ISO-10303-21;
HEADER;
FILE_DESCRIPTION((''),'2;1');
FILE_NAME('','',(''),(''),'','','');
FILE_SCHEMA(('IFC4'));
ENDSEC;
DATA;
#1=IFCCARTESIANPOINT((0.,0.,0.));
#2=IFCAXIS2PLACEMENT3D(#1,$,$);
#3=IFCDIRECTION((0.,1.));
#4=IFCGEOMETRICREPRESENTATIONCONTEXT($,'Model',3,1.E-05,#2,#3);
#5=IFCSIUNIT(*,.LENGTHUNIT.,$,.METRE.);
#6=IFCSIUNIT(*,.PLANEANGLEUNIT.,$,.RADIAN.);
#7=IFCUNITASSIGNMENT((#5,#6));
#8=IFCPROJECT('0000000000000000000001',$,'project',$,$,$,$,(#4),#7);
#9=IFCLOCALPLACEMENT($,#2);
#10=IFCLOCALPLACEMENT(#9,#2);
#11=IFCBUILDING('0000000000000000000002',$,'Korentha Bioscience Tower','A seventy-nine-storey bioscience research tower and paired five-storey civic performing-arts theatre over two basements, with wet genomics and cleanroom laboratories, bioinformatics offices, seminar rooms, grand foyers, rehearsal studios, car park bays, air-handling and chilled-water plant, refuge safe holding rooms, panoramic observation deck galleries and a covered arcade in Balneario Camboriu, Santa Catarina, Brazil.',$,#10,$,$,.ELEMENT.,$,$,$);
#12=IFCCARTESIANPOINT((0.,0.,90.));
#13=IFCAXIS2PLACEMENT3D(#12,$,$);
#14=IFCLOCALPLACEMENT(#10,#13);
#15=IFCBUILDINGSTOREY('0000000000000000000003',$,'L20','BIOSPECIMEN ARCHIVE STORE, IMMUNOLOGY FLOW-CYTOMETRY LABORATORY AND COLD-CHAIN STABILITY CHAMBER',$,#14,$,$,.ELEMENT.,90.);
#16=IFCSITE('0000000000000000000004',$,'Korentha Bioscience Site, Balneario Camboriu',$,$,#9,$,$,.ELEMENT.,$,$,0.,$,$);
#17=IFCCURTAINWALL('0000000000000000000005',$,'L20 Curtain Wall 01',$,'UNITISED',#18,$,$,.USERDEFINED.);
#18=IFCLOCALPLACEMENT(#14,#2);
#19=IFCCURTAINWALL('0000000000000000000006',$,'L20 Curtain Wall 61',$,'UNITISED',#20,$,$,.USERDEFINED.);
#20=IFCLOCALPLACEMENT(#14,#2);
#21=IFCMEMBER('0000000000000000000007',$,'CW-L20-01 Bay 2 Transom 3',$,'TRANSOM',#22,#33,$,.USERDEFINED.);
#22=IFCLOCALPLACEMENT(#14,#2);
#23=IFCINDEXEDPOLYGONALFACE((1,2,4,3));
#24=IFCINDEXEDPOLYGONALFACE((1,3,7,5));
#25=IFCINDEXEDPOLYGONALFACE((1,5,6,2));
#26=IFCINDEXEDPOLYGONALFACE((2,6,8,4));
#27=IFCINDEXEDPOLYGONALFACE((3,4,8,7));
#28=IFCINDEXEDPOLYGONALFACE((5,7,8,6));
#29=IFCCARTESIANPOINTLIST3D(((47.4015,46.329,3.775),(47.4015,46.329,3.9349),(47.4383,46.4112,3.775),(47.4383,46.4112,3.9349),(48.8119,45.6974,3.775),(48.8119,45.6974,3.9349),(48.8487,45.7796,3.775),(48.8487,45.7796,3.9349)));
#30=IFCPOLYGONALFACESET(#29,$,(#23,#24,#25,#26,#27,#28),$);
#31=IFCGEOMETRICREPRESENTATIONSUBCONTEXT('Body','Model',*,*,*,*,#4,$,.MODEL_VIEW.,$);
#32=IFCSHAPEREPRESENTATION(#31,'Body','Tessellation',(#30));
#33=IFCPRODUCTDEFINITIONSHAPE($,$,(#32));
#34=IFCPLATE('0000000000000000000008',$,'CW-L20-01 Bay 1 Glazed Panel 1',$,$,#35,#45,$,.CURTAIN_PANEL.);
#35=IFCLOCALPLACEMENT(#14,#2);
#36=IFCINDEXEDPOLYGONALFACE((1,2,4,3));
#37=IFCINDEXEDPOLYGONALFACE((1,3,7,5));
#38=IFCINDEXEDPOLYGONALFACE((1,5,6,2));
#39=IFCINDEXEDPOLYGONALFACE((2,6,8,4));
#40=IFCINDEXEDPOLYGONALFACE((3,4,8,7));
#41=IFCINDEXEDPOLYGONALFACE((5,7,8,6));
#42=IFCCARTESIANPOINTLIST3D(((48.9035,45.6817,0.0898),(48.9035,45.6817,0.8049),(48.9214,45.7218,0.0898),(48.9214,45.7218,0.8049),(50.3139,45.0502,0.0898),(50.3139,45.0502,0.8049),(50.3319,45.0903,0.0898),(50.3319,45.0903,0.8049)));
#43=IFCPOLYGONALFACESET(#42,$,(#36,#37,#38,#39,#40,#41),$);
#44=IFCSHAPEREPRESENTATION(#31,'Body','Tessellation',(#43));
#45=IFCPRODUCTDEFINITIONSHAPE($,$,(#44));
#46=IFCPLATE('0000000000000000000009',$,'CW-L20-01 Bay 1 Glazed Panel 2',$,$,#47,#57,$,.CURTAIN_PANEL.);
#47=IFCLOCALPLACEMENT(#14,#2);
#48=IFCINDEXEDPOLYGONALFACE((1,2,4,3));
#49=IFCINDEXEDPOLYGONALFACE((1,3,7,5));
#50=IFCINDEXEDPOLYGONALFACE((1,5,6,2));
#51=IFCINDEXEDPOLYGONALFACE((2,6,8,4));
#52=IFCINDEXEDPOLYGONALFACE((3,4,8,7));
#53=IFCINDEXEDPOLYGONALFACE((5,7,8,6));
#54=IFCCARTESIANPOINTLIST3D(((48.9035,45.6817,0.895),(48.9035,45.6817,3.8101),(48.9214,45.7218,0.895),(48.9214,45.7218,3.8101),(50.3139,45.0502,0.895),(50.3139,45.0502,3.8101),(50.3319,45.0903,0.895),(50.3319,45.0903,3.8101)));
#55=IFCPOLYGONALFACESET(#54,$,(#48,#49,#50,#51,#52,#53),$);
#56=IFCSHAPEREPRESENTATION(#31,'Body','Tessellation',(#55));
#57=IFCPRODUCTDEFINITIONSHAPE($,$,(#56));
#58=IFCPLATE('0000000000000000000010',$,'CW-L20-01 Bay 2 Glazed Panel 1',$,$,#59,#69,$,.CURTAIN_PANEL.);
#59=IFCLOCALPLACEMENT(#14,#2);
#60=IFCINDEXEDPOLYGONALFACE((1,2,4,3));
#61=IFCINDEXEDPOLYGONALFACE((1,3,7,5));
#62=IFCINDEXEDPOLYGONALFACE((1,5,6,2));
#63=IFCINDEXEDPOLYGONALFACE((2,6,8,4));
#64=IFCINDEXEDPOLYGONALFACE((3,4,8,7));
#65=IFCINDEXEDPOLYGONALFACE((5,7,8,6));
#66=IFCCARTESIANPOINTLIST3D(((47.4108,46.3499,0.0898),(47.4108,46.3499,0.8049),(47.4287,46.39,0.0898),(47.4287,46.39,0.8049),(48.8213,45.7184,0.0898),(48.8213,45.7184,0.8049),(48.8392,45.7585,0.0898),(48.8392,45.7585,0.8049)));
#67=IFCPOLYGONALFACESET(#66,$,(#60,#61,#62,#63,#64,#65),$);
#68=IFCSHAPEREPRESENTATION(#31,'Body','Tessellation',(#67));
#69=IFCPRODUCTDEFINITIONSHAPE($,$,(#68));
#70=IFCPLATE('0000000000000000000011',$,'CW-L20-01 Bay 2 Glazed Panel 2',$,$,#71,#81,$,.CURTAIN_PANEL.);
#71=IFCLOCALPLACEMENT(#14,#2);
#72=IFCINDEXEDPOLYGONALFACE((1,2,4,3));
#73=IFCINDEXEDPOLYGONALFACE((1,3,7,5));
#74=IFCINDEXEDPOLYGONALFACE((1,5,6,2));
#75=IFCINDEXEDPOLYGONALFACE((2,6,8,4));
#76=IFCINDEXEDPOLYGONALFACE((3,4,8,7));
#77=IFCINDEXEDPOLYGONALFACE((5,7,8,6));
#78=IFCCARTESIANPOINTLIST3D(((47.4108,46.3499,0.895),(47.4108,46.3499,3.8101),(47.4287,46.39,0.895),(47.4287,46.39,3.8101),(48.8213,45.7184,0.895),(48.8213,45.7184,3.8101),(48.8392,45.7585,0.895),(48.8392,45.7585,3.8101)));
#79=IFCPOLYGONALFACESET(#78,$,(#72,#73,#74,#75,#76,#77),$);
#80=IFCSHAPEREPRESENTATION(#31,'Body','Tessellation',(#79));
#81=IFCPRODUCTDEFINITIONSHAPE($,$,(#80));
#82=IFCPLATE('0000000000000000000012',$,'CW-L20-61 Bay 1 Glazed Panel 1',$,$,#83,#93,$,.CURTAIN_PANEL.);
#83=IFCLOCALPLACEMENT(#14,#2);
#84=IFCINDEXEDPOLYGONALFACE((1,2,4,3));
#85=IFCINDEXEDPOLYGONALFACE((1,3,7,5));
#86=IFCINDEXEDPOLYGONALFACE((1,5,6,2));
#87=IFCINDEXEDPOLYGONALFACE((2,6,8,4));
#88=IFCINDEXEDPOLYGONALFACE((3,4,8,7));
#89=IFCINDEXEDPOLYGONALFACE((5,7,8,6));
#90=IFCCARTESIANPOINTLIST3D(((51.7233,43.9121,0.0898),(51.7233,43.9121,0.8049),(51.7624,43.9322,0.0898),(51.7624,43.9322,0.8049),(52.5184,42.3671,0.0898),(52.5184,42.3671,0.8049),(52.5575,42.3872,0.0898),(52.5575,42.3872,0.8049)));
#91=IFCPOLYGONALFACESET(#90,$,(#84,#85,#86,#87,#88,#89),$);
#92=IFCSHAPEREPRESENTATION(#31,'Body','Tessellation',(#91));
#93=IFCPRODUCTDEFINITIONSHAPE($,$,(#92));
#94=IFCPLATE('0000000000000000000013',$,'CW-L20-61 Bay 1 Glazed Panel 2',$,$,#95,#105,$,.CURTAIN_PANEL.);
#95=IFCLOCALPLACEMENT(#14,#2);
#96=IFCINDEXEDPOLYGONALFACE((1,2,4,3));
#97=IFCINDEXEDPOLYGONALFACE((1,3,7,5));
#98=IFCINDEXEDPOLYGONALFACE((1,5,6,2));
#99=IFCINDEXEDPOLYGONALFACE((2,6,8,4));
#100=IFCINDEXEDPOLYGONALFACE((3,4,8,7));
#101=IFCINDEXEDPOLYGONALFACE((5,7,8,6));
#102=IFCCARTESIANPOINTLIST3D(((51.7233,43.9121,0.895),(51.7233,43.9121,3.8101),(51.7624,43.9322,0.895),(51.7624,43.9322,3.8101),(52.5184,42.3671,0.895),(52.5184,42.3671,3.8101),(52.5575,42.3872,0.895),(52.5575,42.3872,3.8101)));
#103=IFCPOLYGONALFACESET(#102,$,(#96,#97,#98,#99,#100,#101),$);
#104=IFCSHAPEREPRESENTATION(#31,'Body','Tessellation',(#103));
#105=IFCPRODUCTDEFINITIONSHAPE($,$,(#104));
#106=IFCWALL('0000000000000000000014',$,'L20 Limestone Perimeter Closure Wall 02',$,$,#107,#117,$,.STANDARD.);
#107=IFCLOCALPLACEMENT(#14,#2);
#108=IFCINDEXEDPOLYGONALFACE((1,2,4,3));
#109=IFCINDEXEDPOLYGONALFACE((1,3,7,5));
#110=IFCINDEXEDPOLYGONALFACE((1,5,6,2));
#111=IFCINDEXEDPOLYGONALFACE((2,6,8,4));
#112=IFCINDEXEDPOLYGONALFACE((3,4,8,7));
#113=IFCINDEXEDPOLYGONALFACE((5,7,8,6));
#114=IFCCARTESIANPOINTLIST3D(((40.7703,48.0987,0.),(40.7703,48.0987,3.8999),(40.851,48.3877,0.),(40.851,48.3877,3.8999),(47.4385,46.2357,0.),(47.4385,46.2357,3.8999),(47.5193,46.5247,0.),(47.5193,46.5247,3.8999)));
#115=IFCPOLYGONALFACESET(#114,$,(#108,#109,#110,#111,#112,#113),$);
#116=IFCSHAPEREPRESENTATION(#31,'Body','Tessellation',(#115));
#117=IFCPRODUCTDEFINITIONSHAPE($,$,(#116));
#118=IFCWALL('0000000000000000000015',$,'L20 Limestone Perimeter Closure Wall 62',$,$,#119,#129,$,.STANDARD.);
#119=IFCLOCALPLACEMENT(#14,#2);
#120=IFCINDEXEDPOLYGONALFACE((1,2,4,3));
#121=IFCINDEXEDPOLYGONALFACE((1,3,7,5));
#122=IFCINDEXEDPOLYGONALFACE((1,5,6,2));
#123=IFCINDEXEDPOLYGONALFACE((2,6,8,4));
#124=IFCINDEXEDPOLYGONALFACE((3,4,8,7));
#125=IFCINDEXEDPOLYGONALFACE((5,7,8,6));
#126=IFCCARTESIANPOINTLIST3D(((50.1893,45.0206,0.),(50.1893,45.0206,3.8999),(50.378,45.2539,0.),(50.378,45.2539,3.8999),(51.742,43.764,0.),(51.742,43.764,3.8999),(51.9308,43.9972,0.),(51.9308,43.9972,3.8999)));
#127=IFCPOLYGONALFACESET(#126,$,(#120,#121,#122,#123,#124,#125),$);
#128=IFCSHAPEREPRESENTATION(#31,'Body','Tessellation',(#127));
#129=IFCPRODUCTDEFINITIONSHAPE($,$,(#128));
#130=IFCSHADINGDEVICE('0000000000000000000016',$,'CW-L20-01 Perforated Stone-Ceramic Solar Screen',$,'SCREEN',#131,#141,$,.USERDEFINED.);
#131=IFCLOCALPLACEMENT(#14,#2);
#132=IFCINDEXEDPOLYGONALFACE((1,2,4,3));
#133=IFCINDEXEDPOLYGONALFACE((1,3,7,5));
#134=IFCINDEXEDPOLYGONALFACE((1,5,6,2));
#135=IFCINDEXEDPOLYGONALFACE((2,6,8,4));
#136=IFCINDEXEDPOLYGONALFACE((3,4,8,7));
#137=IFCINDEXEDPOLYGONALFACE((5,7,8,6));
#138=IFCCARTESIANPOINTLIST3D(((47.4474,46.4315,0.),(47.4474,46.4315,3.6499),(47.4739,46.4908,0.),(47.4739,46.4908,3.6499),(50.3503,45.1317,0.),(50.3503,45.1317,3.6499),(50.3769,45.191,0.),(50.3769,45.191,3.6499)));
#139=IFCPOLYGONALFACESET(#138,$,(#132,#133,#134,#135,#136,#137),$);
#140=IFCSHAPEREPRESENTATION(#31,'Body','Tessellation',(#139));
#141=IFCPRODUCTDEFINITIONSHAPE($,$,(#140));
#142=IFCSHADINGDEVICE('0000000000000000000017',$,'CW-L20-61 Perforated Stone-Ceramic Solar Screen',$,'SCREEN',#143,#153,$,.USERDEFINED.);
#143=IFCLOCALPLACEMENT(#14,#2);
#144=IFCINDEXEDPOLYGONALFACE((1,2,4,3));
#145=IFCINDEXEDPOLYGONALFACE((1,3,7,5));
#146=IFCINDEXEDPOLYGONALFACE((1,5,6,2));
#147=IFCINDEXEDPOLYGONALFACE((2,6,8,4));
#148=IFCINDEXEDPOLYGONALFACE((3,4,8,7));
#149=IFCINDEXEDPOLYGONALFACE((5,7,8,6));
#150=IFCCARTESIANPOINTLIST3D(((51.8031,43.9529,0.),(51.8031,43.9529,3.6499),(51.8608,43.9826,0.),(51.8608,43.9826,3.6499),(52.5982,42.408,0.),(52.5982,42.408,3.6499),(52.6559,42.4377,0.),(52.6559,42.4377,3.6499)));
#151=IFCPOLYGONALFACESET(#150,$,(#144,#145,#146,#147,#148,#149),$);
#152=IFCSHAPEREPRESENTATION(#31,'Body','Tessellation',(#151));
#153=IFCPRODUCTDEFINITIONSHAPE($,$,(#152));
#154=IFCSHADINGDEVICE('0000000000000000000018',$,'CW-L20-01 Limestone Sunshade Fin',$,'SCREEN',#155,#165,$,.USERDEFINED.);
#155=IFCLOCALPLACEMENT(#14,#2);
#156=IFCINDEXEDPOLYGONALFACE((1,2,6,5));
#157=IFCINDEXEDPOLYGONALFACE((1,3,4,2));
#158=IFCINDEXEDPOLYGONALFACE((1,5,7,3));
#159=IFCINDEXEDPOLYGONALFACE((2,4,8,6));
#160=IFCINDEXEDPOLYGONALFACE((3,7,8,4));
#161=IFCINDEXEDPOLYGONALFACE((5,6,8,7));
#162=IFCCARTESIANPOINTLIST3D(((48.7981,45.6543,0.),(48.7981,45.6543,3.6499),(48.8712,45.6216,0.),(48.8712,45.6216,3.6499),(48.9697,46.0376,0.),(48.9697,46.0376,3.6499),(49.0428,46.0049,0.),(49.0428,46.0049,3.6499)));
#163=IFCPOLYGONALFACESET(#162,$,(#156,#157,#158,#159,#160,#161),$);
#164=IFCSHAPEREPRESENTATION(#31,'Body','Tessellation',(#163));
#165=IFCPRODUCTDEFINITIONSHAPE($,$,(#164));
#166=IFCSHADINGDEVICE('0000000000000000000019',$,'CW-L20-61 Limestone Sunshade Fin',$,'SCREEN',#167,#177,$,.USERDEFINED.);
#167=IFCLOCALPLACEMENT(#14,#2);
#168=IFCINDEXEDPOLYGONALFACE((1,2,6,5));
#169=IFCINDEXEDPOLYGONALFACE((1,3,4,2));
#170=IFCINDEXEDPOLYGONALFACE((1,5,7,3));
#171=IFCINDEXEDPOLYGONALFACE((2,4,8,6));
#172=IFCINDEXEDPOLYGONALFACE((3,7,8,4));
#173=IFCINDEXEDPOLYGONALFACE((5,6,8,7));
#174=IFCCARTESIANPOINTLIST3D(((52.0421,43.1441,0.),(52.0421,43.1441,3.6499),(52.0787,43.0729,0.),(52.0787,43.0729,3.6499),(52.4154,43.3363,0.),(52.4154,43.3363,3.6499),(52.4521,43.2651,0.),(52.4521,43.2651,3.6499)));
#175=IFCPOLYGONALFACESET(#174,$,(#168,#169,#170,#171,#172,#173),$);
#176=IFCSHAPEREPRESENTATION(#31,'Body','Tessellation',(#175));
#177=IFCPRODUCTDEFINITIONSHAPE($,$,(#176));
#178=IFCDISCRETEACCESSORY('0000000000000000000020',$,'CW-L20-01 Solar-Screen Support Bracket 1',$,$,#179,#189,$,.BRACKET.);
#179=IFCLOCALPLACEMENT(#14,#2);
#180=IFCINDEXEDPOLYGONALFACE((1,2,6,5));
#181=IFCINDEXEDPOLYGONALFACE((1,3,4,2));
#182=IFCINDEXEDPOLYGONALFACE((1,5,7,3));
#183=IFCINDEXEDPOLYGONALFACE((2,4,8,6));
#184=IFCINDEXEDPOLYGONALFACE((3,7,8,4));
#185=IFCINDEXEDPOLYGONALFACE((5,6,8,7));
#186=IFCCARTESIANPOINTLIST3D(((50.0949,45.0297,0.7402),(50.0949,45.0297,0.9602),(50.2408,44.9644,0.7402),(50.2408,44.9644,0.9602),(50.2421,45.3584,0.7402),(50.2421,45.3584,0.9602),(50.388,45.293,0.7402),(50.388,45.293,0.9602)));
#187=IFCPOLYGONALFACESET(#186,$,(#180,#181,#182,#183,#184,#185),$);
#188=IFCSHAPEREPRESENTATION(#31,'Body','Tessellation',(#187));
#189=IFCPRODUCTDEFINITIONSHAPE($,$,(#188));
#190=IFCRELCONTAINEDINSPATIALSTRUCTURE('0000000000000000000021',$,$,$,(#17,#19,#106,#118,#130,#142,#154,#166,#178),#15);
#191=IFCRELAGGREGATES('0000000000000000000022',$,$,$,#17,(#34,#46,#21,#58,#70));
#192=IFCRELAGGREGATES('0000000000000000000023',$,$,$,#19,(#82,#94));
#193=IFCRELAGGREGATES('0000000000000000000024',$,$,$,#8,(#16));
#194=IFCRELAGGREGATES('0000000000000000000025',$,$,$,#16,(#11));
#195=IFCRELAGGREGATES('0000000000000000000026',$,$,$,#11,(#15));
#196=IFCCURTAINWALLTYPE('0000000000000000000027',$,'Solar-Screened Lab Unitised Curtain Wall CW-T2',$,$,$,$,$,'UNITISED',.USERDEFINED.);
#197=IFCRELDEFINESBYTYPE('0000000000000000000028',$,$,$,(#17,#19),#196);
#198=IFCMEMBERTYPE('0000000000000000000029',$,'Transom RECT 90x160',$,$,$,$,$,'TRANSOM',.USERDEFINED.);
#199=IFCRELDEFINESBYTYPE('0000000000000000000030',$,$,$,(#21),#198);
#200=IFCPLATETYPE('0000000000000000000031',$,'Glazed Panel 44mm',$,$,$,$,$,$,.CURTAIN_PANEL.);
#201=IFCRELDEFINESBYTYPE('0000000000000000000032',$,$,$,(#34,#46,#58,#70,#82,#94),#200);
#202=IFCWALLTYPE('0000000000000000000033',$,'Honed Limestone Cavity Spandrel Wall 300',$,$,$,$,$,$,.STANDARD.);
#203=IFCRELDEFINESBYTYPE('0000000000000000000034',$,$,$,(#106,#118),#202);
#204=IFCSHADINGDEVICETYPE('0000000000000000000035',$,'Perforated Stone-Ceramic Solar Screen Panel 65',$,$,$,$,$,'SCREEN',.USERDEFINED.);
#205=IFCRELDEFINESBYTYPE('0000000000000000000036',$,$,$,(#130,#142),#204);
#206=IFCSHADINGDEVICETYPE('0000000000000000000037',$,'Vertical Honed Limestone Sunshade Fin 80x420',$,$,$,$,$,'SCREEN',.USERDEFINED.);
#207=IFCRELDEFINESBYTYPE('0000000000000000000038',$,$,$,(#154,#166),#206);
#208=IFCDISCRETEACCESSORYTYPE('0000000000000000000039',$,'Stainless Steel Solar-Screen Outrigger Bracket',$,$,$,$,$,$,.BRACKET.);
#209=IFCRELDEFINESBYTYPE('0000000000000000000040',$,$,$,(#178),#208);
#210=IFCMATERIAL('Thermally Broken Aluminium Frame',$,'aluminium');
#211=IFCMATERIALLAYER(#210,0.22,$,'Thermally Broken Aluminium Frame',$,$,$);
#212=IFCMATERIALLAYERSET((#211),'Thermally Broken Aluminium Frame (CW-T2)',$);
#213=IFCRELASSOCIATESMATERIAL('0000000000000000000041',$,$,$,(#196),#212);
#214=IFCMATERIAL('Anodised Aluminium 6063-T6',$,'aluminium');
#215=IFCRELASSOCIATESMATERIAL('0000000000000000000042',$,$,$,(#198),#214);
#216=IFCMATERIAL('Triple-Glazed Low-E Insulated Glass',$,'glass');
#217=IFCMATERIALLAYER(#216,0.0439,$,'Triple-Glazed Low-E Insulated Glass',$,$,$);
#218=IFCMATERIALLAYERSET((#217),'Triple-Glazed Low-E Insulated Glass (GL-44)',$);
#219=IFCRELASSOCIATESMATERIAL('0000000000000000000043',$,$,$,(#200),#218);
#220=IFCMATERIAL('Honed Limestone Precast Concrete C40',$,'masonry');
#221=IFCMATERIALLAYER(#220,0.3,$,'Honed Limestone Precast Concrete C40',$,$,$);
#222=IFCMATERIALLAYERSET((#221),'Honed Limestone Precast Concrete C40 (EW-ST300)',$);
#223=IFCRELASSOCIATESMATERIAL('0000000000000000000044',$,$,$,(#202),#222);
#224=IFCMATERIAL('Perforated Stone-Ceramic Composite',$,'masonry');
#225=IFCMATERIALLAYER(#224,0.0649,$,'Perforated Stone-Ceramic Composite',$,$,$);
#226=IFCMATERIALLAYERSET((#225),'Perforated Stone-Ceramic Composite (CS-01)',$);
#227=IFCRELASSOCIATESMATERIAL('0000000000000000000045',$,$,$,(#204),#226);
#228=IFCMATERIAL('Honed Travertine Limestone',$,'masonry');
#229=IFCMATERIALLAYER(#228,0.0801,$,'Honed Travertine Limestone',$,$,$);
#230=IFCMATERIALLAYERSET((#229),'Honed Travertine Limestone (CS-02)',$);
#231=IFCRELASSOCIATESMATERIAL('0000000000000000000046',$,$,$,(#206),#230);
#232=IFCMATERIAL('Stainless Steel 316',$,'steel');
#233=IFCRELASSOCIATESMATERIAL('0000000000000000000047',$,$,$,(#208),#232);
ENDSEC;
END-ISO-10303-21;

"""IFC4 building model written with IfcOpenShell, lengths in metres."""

from ifc_helpers import new_model, si_unit, direction, frame, frame_2d, origin, origin_2d, place, context, subcontext, project, spatial, rectangle, extrude, material, layer, layer_set, material_profile, profile_set, type_object, element, aggregate, save


model = new_model("IFC4")

# Units and contexts
model_context = context("Model", 3, precision=1e-05, world=origin(), true_north=direction((0.0, 1.0)))
body_context = subcontext(model_context, "Body", "Model", "MODEL_VIEW")
ifc_project = project(units=[si_unit("LENGTHUNIT", "METRE"), si_unit("PLANEANGLEUNIT", "RADIAN")], contexts=[model_context])

# Site, building, storey
site_placement = place(None, origin())
site = spatial("IfcSite", under=ifc_project, at=site_placement, Name="Korentha Bioscience Site, Balneario Camboriu", CompositionType="ELEMENT", RefElevation=0.0)
building_placement = place(site_placement, origin())
building = spatial("IfcBuilding", under=site, at=building_placement, Name="Korentha Bioscience Tower", Description="A seventy-nine-storey bioscience research tower and paired five-storey civic performing-arts theatre over two basements, with wet genomics and cleanroom laboratories, bioinformatics offices, seminar rooms, grand foyers, rehearsal studios, car park bays, air-handling and chilled-water plant, refuge safe holding rooms, panoramic observation deck galleries and a covered arcade in Balneario Camboriu, Santa Catarina, Brazil.", CompositionType="ELEMENT")
storey_placement = place(building_placement, frame((0.0, 0.0, 90.0)))
storey = spatial("IfcBuildingStorey", under=building, at=storey_placement, Name="L20", Description="BIOSPECIMEN ARCHIVE STORE, IMMUNOLOGY FLOW-CYTOMETRY LABORATORY AND COLD-CHAIN STABILITY CHAMBER", CompositionType="ELEMENT", Elevation=90.0)

# Curtain wall
ifc_material_1 = material(Name="Thermally Broken Aluminium Frame", Category="aluminium")
ifc_layer_1 = layer(ifc_material_1, 0.22, Name="Thermally Broken Aluminium Frame")
ifc_layer_set_1 = layer_set([ifc_layer_1], Name="Thermally Broken Aluminium Frame (CW-T2)")
curtain_wall_type = type_object("IfcCurtainWallType", Name="Solar-Screened Lab Unitised Curtain Wall CW-T2", ElementType="UNITISED", PredefinedType="USERDEFINED", material=ifc_layer_set_1)
curtain_wall_1_placement = place(storey_placement, origin())
curtain_wall_1 = element("IfcCurtainWall", 1, at=curtain_wall_1_placement, inside=storey, type_object=curtain_wall_type, Name="L20 Curtain Wall 01", ObjectType="UNITISED", PredefinedType="USERDEFINED")
ifc_material_2 = material(Name="Anodised Aluminium 6063-T6", Category="aluminium")

# Curtain wall
curtain_wall_2_placement = place(storey_placement, origin())
curtain_wall_2 = element("IfcCurtainWall", 2, at=curtain_wall_2_placement, inside=storey, type_object=curtain_wall_type, Name="L20 Curtain Wall 61", ObjectType="UNITISED", PredefinedType="USERDEFINED")

# Member
ifc_material_profile_1 = material_profile(ifc_material_2, rectangle(XDim=0.0901, YDim=0.1599, at=origin_2d()), Name="Anodised Aluminium 6063-T6")
ifc_profile_set_1 = profile_set([ifc_material_profile_1], Name="Anodised Aluminium 6063-T6 (CW-TRN)")
member_type_1 = type_object("IfcMemberType", Name="Transom RECT 90x160", ElementType="TRANSOM", PredefinedType="USERDEFINED", material=ifc_profile_set_1)
member_1_placement = place(storey_placement, frame((48.8303, 45.7385, 3.855), z_axis=(-0.912668, 0.408702, 0.0), x_axis=(-0.408702, -0.912668, 0.0)))
member_1 = element("IfcMember", 3, at=member_1_placement, type_object=member_type_1, Name="CW-L20-01 Bay 2 Transom 3", ObjectType="TRANSOM", PredefinedType="USERDEFINED", context=body_context, shape_type="SweptSolid", body=[
    extrude(rectangle(XDim=0.0901, YDim=0.1599, at=origin_2d()), origin(), (0.0, 0.0, 1.0), 1.5454),
])

# Plates
ifc_material_3 = material(Name="Triple-Glazed Low-E Insulated Glass", Category="glass")
ifc_layer_2 = layer(ifc_material_3, 0.0439, Name="Triple-Glazed Low-E Insulated Glass")
ifc_layer_set_2 = layer_set([ifc_layer_2], Name="Triple-Glazed Low-E Insulated Glass (GL-44)")
plate_type = type_object("IfcPlateType", Name="Glazed Panel 44mm", PredefinedType="CURTAIN_PANEL", material=ifc_layer_set_2)
plate_1_placement = place(storey_placement, frame((49.6177, 45.386, 0.0898), z_axis=(0.0, 0.0, 1.0), x_axis=(-0.912687, 0.40866, 0.0)))
plate_1 = element("IfcPlate", 4, at=plate_1_placement, type_object=plate_type, Name="CW-L20-01 Bay 1 Glazed Panel 1", PredefinedType="CURTAIN_PANEL", context=body_context, shape_type="SweptSolid", body=[
    extrude(rectangle(XDim=1.5454, YDim=0.0439, at=origin_2d()), origin(), (0.0, 0.0, 1.0), 0.7151),
])
plate_2_placement = place(storey_placement, frame((49.6177, 45.386, 0.895), z_axis=(0.0, 0.0, 1.0), x_axis=(-0.912687, 0.40866, 0.0)))
plate_2 = element("IfcPlate", 5, at=plate_2_placement, type_object=plate_type, Name="CW-L20-01 Bay 1 Glazed Panel 2", PredefinedType="CURTAIN_PANEL", context=body_context, shape_type="SweptSolid", body=[
    extrude(rectangle(XDim=1.5454, YDim=0.0439, at=origin_2d()), origin(), (0.0, 0.0, 1.0), 2.915),
])
plate_3_placement = place(storey_placement, frame((48.125, 46.0542, 0.0898), z_axis=(0.0, 0.0, 1.0), x_axis=(-0.912687, 0.40866, 0.0)))
plate_3 = element("IfcPlate", 6, at=plate_3_placement, type_object=plate_type, Name="CW-L20-01 Bay 2 Glazed Panel 1", PredefinedType="CURTAIN_PANEL", context=body_context, shape_type="SweptSolid", body=[
    extrude(rectangle(XDim=1.5454, YDim=0.0439, at=origin_2d()), origin(), (0.0, 0.0, 1.0), 0.7151),
])
plate_4_placement = place(storey_placement, frame((48.125, 46.0542, 0.895), z_axis=(0.0, 0.0, 1.0), x_axis=(-0.912687, 0.40866, 0.0)))
plate_4 = element("IfcPlate", 7, at=plate_4_placement, type_object=plate_type, Name="CW-L20-01 Bay 2 Glazed Panel 2", PredefinedType="CURTAIN_PANEL", context=body_context, shape_type="SweptSolid", body=[
    extrude(rectangle(XDim=1.5454, YDim=0.0439, at=origin_2d()), origin(), (0.0, 0.0, 1.0), 2.915),
])
aggregate(curtain_wall_1, [plate_1, plate_2, member_1, plate_3, plate_4])
plate_5_placement = place(storey_placement, frame((52.1404, 43.1497, 0.0898), z_axis=(0.0, 0.0, 1.0), x_axis=(-0.457613, 0.889151, 0.0)))
plate_5 = element("IfcPlate", 8, at=plate_5_placement, type_object=plate_type, Name="CW-L20-61 Bay 1 Glazed Panel 1", PredefinedType="CURTAIN_PANEL", context=body_context, shape_type="SweptSolid", body=[
    extrude(rectangle(XDim=1.7375, YDim=0.0439, at=origin_2d()), origin(), (0.0, 0.0, 1.0), 0.7151),
])
plate_6_placement = place(storey_placement, frame((52.1404, 43.1497, 0.895), z_axis=(0.0, 0.0, 1.0), x_axis=(-0.457613, 0.889151, 0.0)))
plate_6 = element("IfcPlate", 9, at=plate_6_placement, type_object=plate_type, Name="CW-L20-61 Bay 1 Glazed Panel 2", PredefinedType="CURTAIN_PANEL", context=body_context, shape_type="SweptSolid", body=[
    extrude(rectangle(XDim=1.7375, YDim=0.0439, at=origin_2d()), origin(), (0.0, 0.0, 1.0), 2.915),
])
aggregate(curtain_wall_2, [plate_5, plate_6])

# Walls
ifc_material_4 = material(Name="Honed Limestone Precast Concrete C40", Category="masonry")
ifc_layer_3 = layer(ifc_material_4, 0.3, Name="Honed Limestone Precast Concrete C40")
ifc_layer_set_3 = layer_set([ifc_layer_3], Name="Honed Limestone Precast Concrete C40 (EW-ST300)")
wall_type_1 = type_object("IfcWallType", Name="Honed Limestone Cavity Spandrel Wall 300", PredefinedType="STANDARD", material=ifc_layer_set_3)
wall_1_placement = place(storey_placement, frame((47.479, 46.3801, 0.0), z_axis=(0.0, 0.0, 1.0), x_axis=(-0.963116, 0.269086, 0.0)))
element("IfcWall", 10, at=wall_1_placement, inside=storey, type_object=wall_type_1, Name="L20 Limestone Perimeter Closure Wall 02", PredefinedType="STANDARD", context=body_context, shape_type="SweptSolid", body=[
    extrude(rectangle(XDim=6.9236, YDim=0.3, at=frame_2d((3.4619, 0.0))), origin(), (0.0, 0.0, 1.0), 3.8999),
])
wall_2_placement = place(storey_placement, frame((51.8364, 43.8806, 0.0), z_axis=(0.0, 0.0, 1.0), x_axis=(-0.777339, 0.629082, 0.0)))
element("IfcWall", 11, at=wall_2_placement, inside=storey, type_object=wall_type_1, Name="L20 Limestone Perimeter Closure Wall 62", PredefinedType="STANDARD", context=body_context, shape_type="SweptSolid", body=[
    extrude(rectangle(XDim=1.9976, YDim=0.3, at=frame_2d((0.9988, 0.0))), origin(), (0.0, 0.0, 1.0), 3.8999),
])

# Shading devices
ifc_material_5 = material(Name="Perforated Stone-Ceramic Composite", Category="masonry")
ifc_layer_4 = layer(ifc_material_5, 0.0649, Name="Perforated Stone-Ceramic Composite")
ifc_layer_set_4 = layer_set([ifc_layer_4], Name="Perforated Stone-Ceramic Composite (CS-01)")
shading_device_type_1 = type_object("IfcShadingDeviceType", Name="Perforated Stone-Ceramic Solar Screen Panel 65", ElementType="SCREEN", PredefinedType="USERDEFINED", material=ifc_layer_set_4)
shading_device_1_placement = place(storey_placement, frame((48.9121, 45.8113, 0.0), z_axis=(0.0, 0.0, 1.0), x_axis=(-0.912687, 0.40866, 0.0)))
element("IfcShadingDevice", 12, at=shading_device_1_placement, inside=storey, type_object=shading_device_type_1, Name="CW-L20-01 Perforated Stone-Ceramic Solar Screen", ObjectType="SCREEN", PredefinedType="USERDEFINED", context=body_context, shape_type="SweptSolid", body=[
    extrude(rectangle(XDim=3.1807, YDim=0.0649, at=origin_2d()), origin(), (0.0, 0.0, 1.0), 3.6499),
])
shading_device_2_placement = place(storey_placement, frame((52.2295, 43.1953, 0.0), z_axis=(0.0, 0.0, 1.0), x_axis=(-0.457613, 0.889151, 0.0)))
element("IfcShadingDevice", 13, at=shading_device_2_placement, inside=storey, type_object=shading_device_type_1, Name="CW-L20-61 Perforated Stone-Ceramic Solar Screen", ObjectType="SCREEN", PredefinedType="USERDEFINED", context=body_context, shape_type="SweptSolid", body=[
    extrude(rectangle(XDim=1.7375, YDim=0.0649, at=origin_2d()), origin(), (0.0, 0.0, 1.0), 3.6499),
])
ifc_material_6 = material(Name="Honed Travertine Limestone", Category="masonry")
ifc_layer_5 = layer(ifc_material_6, 0.0801, Name="Honed Travertine Limestone")
ifc_layer_set_5 = layer_set([ifc_layer_5], Name="Honed Travertine Limestone (CS-02)")
shading_device_type_2 = type_object("IfcShadingDeviceType", Name="Vertical Honed Limestone Sunshade Fin 80x420", ElementType="SCREEN", PredefinedType="USERDEFINED", material=ifc_layer_set_5)
for number, where, z_axis, x_axis, name in (
    (14, (48.9204, 45.8296, 0.0), (0.0, 0.0, 1.0), (-0.912687, 0.40866, 0.0), "CW-L20-01 Limestone Sunshade Fin"),
    (15, (52.2471, 43.2046, 0.0), (0.0, 0.0, 1.0), (-0.457613, 0.889151, 0.0), "CW-L20-61 Limestone Sunshade Fin"),
):
    element("IfcShadingDevice", number, at=place(storey_placement, frame(where, z_axis=z_axis, x_axis=x_axis)), inside=storey, type_object=shading_device_type_2, Name=name, ObjectType="SCREEN", PredefinedType="USERDEFINED", context=body_context, shape_type="SweptSolid", body=[
        extrude(rectangle(XDim=0.0801, YDim=0.4199, at=origin_2d()), origin(), (0.0, 0.0, 1.0), 3.6499),
    ])

# Discrete accessory
ifc_material_7 = material(Name="Stainless Steel 316", Category="steel")
discrete_accessory_type = type_object("IfcDiscreteAccessoryType", Name="Stainless Steel Solar-Screen Outrigger Bracket", PredefinedType="BRACKET", material=ifc_material_7)
for number, where, z_axis, x_axis, name in (
    (16, (50.2415, 45.1614, 0.7402), (0.0, 0.0, 1.0), (-0.912687, 0.40866, 0.0), "CW-L20-01 Solar-Screen Support Bracket 1"),
):
    element("IfcDiscreteAccessory", number, at=place(storey_placement, frame(where, z_axis=z_axis, x_axis=x_axis)), inside=storey, type_object=discrete_accessory_type, Name=name, PredefinedType="BRACKET", context=body_context, shape_type="SweptSolid", body=[
        extrude(rectangle(XDim=0.1599, YDim=0.3601, at=origin_2d()), origin(), (0.0, 0.0, 1.0), 0.22),
    ])

save(model, "model.ifc")
